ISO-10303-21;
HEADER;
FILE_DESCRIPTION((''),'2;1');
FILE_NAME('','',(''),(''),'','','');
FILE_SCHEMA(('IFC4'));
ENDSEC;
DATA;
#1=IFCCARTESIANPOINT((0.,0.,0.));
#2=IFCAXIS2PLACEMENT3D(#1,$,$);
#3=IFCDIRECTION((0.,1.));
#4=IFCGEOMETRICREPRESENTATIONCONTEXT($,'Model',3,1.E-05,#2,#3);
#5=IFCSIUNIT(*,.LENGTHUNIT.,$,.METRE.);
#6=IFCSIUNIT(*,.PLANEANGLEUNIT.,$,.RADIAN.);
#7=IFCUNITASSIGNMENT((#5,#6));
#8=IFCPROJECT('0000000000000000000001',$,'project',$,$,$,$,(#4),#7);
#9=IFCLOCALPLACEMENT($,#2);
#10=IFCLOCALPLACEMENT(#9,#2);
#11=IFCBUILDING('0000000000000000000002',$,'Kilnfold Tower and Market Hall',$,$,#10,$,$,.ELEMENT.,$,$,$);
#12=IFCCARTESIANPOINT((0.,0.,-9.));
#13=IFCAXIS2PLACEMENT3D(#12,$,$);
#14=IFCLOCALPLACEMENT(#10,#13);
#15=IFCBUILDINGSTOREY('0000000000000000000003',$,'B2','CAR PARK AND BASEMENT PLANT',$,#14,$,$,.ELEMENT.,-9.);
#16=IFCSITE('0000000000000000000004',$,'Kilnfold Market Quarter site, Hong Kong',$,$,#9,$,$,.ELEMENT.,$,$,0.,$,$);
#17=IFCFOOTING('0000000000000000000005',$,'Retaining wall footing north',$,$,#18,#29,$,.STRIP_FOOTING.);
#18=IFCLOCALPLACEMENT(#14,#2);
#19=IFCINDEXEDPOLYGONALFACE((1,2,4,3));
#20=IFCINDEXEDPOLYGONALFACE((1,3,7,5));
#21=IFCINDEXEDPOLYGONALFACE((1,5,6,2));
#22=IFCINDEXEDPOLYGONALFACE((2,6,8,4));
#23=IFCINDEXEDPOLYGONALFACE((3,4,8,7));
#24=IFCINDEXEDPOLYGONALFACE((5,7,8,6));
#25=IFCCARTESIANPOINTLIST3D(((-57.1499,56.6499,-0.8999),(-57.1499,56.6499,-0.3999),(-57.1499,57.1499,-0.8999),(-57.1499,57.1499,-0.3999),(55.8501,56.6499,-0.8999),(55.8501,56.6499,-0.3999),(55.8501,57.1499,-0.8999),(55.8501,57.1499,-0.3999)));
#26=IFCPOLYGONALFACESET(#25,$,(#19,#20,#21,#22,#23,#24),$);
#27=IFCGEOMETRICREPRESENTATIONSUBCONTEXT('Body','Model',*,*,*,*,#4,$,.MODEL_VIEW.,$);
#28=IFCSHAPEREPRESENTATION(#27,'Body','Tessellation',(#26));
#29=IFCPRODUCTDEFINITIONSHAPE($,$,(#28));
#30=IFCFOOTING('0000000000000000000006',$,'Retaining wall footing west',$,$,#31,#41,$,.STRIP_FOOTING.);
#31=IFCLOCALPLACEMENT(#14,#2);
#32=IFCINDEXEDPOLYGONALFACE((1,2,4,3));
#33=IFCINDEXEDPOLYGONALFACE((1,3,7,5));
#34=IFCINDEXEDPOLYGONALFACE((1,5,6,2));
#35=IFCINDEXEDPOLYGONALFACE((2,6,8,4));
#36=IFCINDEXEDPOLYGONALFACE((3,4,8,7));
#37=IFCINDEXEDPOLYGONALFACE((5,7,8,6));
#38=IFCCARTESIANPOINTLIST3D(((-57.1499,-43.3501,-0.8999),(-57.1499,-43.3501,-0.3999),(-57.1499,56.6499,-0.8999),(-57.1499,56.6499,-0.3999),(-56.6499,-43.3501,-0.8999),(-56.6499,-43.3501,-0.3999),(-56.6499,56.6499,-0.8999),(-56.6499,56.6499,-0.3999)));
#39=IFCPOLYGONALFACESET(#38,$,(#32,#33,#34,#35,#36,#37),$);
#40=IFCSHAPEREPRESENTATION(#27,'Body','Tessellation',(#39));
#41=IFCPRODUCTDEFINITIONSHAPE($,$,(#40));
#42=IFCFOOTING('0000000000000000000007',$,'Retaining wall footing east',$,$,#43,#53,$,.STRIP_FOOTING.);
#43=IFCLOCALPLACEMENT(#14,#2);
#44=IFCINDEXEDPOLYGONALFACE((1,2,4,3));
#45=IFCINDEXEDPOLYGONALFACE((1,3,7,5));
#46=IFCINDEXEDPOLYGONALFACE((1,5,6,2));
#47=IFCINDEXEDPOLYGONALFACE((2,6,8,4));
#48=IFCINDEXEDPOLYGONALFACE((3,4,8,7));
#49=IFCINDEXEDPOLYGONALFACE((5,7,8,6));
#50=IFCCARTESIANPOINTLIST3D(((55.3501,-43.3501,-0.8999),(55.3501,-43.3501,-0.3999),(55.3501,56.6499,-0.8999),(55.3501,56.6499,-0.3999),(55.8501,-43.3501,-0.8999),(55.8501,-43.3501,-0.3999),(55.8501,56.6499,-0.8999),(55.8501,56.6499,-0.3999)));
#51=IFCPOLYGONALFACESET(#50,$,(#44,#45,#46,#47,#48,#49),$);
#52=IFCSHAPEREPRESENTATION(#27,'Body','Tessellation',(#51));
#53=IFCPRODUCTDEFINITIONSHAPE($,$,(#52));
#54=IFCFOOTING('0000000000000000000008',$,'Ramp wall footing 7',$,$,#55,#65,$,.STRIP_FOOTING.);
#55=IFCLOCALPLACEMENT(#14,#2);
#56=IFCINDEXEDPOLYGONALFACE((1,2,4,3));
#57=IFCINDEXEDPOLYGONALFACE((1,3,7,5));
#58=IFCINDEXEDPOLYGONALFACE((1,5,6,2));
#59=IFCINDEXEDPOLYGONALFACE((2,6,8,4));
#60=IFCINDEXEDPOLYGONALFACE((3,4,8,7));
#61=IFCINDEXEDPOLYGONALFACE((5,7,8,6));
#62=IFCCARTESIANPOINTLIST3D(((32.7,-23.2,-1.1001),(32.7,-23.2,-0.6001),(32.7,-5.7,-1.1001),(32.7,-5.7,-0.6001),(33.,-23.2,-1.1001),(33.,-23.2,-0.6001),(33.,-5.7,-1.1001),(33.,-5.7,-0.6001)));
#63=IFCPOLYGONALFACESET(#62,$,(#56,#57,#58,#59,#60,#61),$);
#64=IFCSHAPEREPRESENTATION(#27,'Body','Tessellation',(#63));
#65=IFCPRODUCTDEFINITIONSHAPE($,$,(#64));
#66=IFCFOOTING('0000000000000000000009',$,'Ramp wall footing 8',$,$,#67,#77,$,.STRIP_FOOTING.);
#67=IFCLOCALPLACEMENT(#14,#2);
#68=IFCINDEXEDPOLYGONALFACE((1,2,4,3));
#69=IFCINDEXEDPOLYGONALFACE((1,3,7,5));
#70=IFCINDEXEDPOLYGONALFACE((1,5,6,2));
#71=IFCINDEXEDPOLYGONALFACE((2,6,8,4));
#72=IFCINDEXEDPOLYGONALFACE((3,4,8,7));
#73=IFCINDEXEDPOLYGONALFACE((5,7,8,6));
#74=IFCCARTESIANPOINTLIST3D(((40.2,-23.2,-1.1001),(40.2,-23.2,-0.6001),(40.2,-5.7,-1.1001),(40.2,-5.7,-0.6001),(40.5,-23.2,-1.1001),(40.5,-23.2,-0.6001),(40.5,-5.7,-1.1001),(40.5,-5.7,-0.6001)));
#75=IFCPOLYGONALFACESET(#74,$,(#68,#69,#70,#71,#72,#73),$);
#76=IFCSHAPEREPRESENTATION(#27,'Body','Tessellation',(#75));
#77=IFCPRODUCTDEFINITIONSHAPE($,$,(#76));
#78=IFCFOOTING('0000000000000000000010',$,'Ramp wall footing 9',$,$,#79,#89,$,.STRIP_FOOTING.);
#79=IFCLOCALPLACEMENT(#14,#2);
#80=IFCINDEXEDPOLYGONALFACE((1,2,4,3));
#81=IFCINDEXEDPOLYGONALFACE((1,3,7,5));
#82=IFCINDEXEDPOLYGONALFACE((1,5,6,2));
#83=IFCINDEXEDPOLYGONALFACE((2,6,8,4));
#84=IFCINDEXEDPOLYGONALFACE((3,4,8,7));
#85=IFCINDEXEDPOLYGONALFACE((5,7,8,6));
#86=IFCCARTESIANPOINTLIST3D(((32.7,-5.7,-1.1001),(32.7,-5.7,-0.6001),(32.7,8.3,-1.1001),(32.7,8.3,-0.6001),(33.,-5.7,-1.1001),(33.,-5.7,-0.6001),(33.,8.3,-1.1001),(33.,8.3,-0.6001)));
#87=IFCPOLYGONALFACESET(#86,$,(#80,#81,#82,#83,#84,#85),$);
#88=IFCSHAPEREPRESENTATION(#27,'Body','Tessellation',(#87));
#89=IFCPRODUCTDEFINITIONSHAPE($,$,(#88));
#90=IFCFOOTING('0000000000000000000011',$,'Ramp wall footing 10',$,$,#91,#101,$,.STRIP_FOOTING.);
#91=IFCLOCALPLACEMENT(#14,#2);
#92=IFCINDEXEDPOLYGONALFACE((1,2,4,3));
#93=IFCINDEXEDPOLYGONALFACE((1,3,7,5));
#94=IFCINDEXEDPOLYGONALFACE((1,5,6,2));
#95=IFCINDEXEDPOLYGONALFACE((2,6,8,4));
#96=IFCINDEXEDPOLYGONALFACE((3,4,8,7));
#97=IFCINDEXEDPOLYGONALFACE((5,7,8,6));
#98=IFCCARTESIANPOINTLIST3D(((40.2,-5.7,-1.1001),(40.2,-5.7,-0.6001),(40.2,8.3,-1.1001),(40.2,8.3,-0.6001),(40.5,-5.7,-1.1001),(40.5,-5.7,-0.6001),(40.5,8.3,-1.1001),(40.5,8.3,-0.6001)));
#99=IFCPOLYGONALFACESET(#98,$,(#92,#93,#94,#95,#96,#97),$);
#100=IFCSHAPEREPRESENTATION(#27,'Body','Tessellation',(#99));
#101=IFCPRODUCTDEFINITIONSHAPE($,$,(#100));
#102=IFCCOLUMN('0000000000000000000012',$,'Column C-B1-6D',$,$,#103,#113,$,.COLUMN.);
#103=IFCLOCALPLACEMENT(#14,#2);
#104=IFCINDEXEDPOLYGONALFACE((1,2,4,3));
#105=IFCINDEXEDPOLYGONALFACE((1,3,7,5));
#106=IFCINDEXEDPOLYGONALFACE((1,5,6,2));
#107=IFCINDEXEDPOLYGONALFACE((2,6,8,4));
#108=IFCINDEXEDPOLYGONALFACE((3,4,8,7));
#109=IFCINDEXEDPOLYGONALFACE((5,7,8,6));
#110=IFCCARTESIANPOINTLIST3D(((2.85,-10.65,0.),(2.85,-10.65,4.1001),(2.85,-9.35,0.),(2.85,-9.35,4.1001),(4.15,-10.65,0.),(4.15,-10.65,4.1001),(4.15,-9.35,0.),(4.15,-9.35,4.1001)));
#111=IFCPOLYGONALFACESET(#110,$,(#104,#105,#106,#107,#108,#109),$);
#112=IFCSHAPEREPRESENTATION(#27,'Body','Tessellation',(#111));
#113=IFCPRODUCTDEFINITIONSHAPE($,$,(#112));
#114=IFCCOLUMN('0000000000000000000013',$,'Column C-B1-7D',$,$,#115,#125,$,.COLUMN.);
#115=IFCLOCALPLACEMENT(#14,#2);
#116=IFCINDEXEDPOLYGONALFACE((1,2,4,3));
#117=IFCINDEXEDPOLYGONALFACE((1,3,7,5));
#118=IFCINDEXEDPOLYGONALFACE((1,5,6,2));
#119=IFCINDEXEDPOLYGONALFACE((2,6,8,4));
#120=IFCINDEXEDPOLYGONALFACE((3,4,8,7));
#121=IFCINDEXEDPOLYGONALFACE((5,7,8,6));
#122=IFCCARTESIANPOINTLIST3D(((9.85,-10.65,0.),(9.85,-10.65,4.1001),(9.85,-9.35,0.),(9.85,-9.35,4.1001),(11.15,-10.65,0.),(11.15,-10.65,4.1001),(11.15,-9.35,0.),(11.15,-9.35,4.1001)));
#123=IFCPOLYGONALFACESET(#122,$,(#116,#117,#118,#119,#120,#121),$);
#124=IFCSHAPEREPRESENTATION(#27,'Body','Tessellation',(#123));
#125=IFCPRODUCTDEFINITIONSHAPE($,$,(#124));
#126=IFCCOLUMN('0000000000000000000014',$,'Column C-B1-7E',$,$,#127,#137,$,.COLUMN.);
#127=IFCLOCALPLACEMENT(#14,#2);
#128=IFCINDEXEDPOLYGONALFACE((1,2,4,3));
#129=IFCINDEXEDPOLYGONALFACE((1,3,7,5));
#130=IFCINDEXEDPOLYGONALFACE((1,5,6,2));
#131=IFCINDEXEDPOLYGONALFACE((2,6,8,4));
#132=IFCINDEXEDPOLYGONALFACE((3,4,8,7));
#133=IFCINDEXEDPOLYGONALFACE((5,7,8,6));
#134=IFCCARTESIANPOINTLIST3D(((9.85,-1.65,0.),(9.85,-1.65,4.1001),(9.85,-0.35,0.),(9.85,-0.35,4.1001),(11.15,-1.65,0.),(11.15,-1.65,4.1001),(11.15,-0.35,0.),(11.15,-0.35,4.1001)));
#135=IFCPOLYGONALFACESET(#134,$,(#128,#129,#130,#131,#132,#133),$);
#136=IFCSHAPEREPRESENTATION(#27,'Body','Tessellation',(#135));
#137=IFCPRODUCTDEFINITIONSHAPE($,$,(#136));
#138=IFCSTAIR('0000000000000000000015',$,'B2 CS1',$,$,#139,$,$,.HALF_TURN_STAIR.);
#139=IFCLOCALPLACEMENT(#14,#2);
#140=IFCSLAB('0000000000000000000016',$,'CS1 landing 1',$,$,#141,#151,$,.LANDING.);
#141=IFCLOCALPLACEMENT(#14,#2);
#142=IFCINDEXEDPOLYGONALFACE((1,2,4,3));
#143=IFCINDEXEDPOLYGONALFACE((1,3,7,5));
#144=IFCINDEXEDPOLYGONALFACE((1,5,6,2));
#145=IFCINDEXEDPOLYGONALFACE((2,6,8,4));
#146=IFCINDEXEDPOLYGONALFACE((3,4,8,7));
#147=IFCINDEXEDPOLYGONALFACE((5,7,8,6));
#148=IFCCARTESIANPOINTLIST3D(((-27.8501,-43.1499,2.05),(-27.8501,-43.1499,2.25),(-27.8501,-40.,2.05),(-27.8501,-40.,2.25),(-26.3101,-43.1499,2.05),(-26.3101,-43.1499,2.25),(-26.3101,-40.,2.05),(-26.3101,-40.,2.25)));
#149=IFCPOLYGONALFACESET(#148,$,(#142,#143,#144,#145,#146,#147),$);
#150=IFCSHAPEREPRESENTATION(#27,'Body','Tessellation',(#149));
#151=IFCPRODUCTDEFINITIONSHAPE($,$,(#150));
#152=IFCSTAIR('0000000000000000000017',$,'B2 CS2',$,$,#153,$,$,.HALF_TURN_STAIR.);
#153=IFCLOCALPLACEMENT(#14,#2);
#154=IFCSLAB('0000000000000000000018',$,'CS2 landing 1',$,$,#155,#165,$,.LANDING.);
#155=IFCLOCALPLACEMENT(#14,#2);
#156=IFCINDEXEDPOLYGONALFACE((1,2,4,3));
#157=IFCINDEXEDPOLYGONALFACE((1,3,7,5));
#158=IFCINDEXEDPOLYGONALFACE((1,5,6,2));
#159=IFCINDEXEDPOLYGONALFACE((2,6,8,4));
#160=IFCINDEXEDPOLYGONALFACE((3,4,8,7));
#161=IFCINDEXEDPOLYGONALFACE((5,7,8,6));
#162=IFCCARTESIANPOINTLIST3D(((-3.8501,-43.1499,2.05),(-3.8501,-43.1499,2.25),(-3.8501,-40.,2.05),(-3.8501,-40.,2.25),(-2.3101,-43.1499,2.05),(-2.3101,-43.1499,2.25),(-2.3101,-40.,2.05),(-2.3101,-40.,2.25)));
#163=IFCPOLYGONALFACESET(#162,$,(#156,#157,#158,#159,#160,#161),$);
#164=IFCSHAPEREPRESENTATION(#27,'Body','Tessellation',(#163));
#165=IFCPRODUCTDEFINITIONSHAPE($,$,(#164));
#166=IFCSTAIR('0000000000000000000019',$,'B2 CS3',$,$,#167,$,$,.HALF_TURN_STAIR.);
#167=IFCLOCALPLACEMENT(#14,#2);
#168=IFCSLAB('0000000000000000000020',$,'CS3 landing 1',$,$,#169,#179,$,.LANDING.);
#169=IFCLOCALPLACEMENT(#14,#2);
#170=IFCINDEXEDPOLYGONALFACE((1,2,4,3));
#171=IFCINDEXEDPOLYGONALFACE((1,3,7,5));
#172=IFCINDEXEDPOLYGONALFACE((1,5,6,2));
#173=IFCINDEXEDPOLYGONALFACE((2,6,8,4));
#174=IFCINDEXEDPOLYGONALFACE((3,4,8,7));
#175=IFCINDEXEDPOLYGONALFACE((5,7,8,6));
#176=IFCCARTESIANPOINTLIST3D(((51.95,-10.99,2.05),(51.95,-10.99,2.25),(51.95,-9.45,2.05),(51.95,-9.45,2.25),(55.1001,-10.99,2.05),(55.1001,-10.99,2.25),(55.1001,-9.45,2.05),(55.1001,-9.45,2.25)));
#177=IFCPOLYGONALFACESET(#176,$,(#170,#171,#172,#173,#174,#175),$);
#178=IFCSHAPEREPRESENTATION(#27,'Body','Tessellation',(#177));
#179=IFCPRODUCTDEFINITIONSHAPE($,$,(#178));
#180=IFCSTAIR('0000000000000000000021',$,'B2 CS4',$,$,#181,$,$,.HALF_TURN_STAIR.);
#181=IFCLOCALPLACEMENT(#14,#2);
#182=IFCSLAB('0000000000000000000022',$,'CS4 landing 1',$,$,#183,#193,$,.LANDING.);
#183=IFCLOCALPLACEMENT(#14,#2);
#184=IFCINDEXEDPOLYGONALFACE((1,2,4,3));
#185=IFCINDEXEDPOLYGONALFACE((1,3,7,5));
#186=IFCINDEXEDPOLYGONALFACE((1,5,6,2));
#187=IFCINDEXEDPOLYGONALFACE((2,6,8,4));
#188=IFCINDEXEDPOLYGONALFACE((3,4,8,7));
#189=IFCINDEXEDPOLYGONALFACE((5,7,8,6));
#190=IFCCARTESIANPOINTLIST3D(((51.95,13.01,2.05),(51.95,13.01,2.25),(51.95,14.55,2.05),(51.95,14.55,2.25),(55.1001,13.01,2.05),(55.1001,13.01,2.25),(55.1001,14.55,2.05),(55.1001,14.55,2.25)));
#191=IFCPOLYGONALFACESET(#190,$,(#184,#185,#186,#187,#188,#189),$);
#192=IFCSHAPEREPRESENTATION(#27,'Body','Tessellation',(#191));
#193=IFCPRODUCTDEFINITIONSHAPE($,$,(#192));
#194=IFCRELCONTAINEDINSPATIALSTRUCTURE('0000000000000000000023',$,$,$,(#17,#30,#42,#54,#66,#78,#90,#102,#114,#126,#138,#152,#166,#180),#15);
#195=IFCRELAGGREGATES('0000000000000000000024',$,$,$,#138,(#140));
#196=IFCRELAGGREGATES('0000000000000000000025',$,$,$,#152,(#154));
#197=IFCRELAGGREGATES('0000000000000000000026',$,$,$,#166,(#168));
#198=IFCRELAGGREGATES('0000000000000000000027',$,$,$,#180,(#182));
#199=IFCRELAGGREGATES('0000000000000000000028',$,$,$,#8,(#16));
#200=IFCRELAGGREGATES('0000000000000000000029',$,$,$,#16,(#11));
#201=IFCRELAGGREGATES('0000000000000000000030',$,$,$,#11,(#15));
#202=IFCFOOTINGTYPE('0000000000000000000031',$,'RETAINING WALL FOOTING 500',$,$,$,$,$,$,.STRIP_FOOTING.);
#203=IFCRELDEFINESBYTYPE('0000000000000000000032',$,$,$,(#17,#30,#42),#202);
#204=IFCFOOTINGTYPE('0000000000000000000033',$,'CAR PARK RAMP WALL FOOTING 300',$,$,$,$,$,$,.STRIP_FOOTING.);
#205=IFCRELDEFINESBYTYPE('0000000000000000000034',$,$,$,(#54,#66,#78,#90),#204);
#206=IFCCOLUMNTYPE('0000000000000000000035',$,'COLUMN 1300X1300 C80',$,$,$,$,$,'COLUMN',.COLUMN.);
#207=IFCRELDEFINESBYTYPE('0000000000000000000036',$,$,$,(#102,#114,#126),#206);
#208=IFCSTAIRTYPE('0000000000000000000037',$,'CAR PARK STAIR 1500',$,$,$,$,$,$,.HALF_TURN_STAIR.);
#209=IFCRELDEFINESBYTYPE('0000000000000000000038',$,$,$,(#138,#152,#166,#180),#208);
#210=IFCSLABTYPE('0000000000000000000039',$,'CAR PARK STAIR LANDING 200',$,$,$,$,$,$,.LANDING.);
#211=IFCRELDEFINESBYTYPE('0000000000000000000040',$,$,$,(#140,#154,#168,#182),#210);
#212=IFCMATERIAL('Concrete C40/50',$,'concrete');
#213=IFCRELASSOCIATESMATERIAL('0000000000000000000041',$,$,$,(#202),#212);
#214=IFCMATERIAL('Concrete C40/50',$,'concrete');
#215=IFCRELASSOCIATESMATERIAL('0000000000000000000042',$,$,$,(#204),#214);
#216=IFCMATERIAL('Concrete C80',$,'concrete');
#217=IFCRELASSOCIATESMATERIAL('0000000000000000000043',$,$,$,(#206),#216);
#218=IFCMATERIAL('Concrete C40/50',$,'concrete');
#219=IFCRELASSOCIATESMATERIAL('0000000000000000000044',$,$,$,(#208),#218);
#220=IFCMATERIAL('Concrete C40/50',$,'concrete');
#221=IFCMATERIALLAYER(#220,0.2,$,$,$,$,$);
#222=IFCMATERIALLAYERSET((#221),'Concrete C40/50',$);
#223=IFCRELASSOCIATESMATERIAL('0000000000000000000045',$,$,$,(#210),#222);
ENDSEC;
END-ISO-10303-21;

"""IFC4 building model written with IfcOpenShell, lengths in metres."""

from ifc_helpers import new_model, si_unit, direction, frame, origin, origin_2d, place, context, subcontext, project, spatial, polyline, rectangle, outline, extrude, source, transform, mapped, material, layer, layer_set, material_profile, profile_set, type_object, element, aggregate, save


model = new_model("IFC4")

# Units and contexts
model_context = context("Model", 3, precision=1e-05, world=origin(), true_north=direction((0.0, 1.0)))
body_context = subcontext(model_context, "Body", "Model", "MODEL_VIEW")
ifc_project = project(units=[si_unit("LENGTHUNIT", "METRE"), si_unit("PLANEANGLEUNIT", "RADIAN")], contexts=[model_context])

# Site, building, storey
site_placement = place(None, origin())
site = spatial("IfcSite", under=ifc_project, at=site_placement, Name="Kilnfold Market Quarter site, Hong Kong", CompositionType="ELEMENT", RefElevation=0.0)
building_placement = place(site_placement, origin())
building = spatial("IfcBuilding", under=site, at=building_placement, Name="Kilnfold Tower and Market Hall", CompositionType="ELEMENT")
storey_placement = place(building_placement, frame((0.0, 0.0, -9.0)))
storey = spatial("IfcBuildingStorey", under=building, at=storey_placement, Name="B2", Description="CAR PARK AND BASEMENT PLANT", CompositionType="ELEMENT", Elevation=-9.0)

# Footings
ifc_material_1 = material(Name="Concrete C40/50", Category="concrete")
footing_type_1 = type_object("IfcFootingType", Name="RETAINING WALL FOOTING 500", PredefinedType="STRIP_FOOTING", material=ifc_material_1)
shared_shape_1 = source(origin(), body_context, "Body", "SweptSolid", [
    extrude(outline(polyline([(-57.1499, 56.6499), (55.8501, 56.6499), (55.8501, 57.1499), (-57.1499, 57.1499), (-57.1499, 56.6499)])), origin(), (0.0, 0.0, 1.0), 0.5),
])
footing_1_placement = place(storey_placement, frame((0.0, 0.0, -0.8999)))
element("IfcFooting", 1, at=footing_1_placement, inside=storey, type_object=footing_type_1, Name="Retaining wall footing north", PredefinedType="STRIP_FOOTING", context=body_context, shape_type="MappedRepresentation", body=[
    mapped(shared_shape_1, transform((0.0, 0.0, 0.0))),
])
shared_shape_2 = source(origin(), body_context, "Body", "SweptSolid", [
    extrude(outline(polyline([(-57.1499, -43.3501), (-56.6499, -43.3501), (-56.6499, 56.6499), (-57.1499, 56.6499), (-57.1499, -43.3501)])), origin(), (0.0, 0.0, 1.0), 0.5),
])
footing_2_placement = place(storey_placement, frame((0.0, 0.0, -0.8999)))
element("IfcFooting", 2, at=footing_2_placement, inside=storey, type_object=footing_type_1, Name="Retaining wall footing west", PredefinedType="STRIP_FOOTING", context=body_context, shape_type="MappedRepresentation", body=[
    mapped(shared_shape_2, transform((0.0, 0.0, 0.0))),
])
shared_shape_3 = source(origin(), body_context, "Body", "SweptSolid", [
    extrude(outline(polyline([(55.3501, -43.3501), (55.8501, -43.3501), (55.8501, 56.6499), (55.3501, 56.6499), (55.3501, -43.3501)])), origin(), (0.0, 0.0, 1.0), 0.5),
])
footing_3_placement = place(storey_placement, frame((0.0, 0.0, -0.8999)))
element("IfcFooting", 3, at=footing_3_placement, inside=storey, type_object=footing_type_1, Name="Retaining wall footing east", PredefinedType="STRIP_FOOTING", context=body_context, shape_type="MappedRepresentation", body=[
    mapped(shared_shape_3, transform((0.0, 0.0, 0.0))),
])
ifc_material_2 = material(Name="Concrete C40/50", Category="concrete")
footing_type_2 = type_object("IfcFootingType", Name="CAR PARK RAMP WALL FOOTING 300", PredefinedType="STRIP_FOOTING", material=ifc_material_2)
shared_shape_4 = source(origin(), body_context, "Body", "SweptSolid", [
    extrude(outline(polyline([(32.7, -23.2), (33.0, -23.2), (33.0, -5.7), (32.7, -5.7), (32.7, -23.2)])), origin(), (0.0, 0.0, 1.0), 0.5),
])
footing_4_placement = place(storey_placement, frame((0.0, 0.0, -1.1001)))
element("IfcFooting", 4, at=footing_4_placement, inside=storey, type_object=footing_type_2, Name="Ramp wall footing 7", PredefinedType="STRIP_FOOTING", context=body_context, shape_type="MappedRepresentation", body=[
    mapped(shared_shape_4, transform((0.0, 0.0, 0.0))),
])
shared_shape_5 = source(origin(), body_context, "Body", "SweptSolid", [
    extrude(outline(polyline([(40.2, -23.2), (40.5, -23.2), (40.5, -5.7), (40.2, -5.7), (40.2, -23.2)])), origin(), (0.0, 0.0, 1.0), 0.5),
])
footing_5_placement = place(storey_placement, frame((0.0, 0.0, -1.1001)))
element("IfcFooting", 5, at=footing_5_placement, inside=storey, type_object=footing_type_2, Name="Ramp wall footing 8", PredefinedType="STRIP_FOOTING", context=body_context, shape_type="MappedRepresentation", body=[
    mapped(shared_shape_5, transform((0.0, 0.0, 0.0))),
])
shared_shape_6 = source(origin(), body_context, "Body", "SweptSolid", [
    extrude(outline(polyline([(32.7, -5.7), (33.0, -5.7), (33.0, 8.3), (32.7, 8.3), (32.7, -5.7)])), origin(), (0.0, 0.0, 1.0), 0.5),
])
footing_6_placement = place(storey_placement, frame((0.0, 0.0, -1.1001)))
element("IfcFooting", 6, at=footing_6_placement, inside=storey, type_object=footing_type_2, Name="Ramp wall footing 9", PredefinedType="STRIP_FOOTING", context=body_context, shape_type="MappedRepresentation", body=[
    mapped(shared_shape_6, transform((0.0, 0.0, 0.0))),
])
shared_shape_7 = source(origin(), body_context, "Body", "SweptSolid", [
    extrude(outline(polyline([(40.2, -5.7), (40.5, -5.7), (40.5, 8.3), (40.2, 8.3), (40.2, -5.7)])), origin(), (0.0, 0.0, 1.0), 0.5),
])
footing_7_placement = place(storey_placement, frame((0.0, 0.0, -1.1001)))
element("IfcFooting", 7, at=footing_7_placement, inside=storey, type_object=footing_type_2, Name="Ramp wall footing 10", PredefinedType="STRIP_FOOTING", context=body_context, shape_type="MappedRepresentation", body=[
    mapped(shared_shape_7, transform((0.0, 0.0, 0.0))),
])

# Columns
ifc_material_3 = material(Name="Concrete C80", Category="concrete")
ifc_material_profile_1 = material_profile(ifc_material_3, rectangle(XDim=1.3, YDim=1.3, at=origin_2d()), Name="RC 1300x1300")
ifc_profile_set_1 = profile_set([ifc_material_profile_1], Name="Concrete C80")
column_type = type_object("IfcColumnType", Name="COLUMN 1300X1300 C80", ElementType="COLUMN", PredefinedType="COLUMN", material=ifc_profile_set_1)
shared_shape_8 = source(origin(), body_context, "Body", "SweptSolid", [
    extrude(rectangle(XDim=1.3, YDim=1.3, at=origin_2d()), origin(), (0.0, 0.0, 1.0), 4.1001),
])
for number, where, z_axis, x_axis, name in (
    (8, (3.5, -10.0, 0.0), (0.0, 0.0, 1.0), (1.0, 0.0, 0.0), "Column C-B1-6D"),
    (9, (10.5, -10.0, 0.0), (0.0, 0.0, 1.0), (1.0, 0.0, 0.0), "Column C-B1-7D"),
    (10, (10.5, -1.0, 0.0), (0.0, 0.0, 1.0), (1.0, 0.0, 0.0), "Column C-B1-7E"),
):
    element("IfcColumn", number, at=place(storey_placement, frame(where, z_axis=z_axis, x_axis=x_axis)), inside=storey, type_object=column_type, Name=name, PredefinedType="COLUMN", context=body_context, shape_type="MappedRepresentation", body=[
        mapped(shared_shape_8, transform((0.0, 0.0, 0.0))),
    ])

# Stairs, slabs
ifc_material_4 = material(Name="Concrete C40/50", Category="concrete")
stair_type = type_object("IfcStairType", Name="CAR PARK STAIR 1500", PredefinedType="HALF_TURN_STAIR", material=ifc_material_4)
stair_1_placement = place(storey_placement, origin())
stair_1 = element("IfcStair", 11, at=stair_1_placement, inside=storey, type_object=stair_type, Name="B2 CS1", PredefinedType="HALF_TURN_STAIR")
ifc_material_5 = material(Name="Concrete C40/50", Category="concrete")
ifc_layer_1 = layer(ifc_material_5, 0.2)
ifc_layer_set_1 = layer_set([ifc_layer_1], Name="Concrete C40/50")
slab_type_1 = type_object("IfcSlabType", Name="CAR PARK STAIR LANDING 200", PredefinedType="LANDING", material=ifc_layer_set_1)
shared_shape_9 = source(origin(), body_context, "Body", "SweptSolid", [
    extrude(outline(polyline([(-26.3101, -40.0), (-27.8501, -40.0), (-27.8501, -43.1499), (-26.3101, -43.1499), (-26.3101, -40.0)])), origin(), (0.0, 0.0, 1.0), 0.2),
])
slab_1_placement = place(storey_placement, frame((0.0, 0.0, 2.05)))
slab_1 = element("IfcSlab", 12, at=slab_1_placement, type_object=slab_type_1, Name="CS1 landing 1", PredefinedType="LANDING", context=body_context, shape_type="MappedRepresentation", body=[
    mapped(shared_shape_9, transform((0.0, 0.0, 0.0))),
])
aggregate(stair_1, [slab_1])
stair_2_placement = place(storey_placement, origin())
stair_2 = element("IfcStair", 13, at=stair_2_placement, inside=storey, type_object=stair_type, Name="B2 CS2", PredefinedType="HALF_TURN_STAIR")
shared_shape_10 = source(origin(), body_context, "Body", "SweptSolid", [
    extrude(outline(polyline([(-2.3101, -40.0), (-3.8501, -40.0), (-3.8501, -43.1499), (-2.3101, -43.1499), (-2.3101, -40.0)])), origin(), (0.0, 0.0, 1.0), 0.2),
])
slab_2_placement = place(storey_placement, frame((0.0, 0.0, 2.05)))
slab_2 = element("IfcSlab", 14, at=slab_2_placement, type_object=slab_type_1, Name="CS2 landing 1", PredefinedType="LANDING", context=body_context, shape_type="MappedRepresentation", body=[
    mapped(shared_shape_10, transform((0.0, 0.0, 0.0))),
])
aggregate(stair_2, [slab_2])
stair_3_placement = place(storey_placement, origin())
stair_3 = element("IfcStair", 15, at=stair_3_placement, inside=storey, type_object=stair_type, Name="B2 CS3", PredefinedType="HALF_TURN_STAIR")
shared_shape_11 = source(origin(), body_context, "Body", "SweptSolid", [
    extrude(outline(polyline([(55.1001, -10.99), (55.1001, -9.45), (51.95, -9.45), (51.95, -10.99), (55.1001, -10.99)])), origin(), (0.0, 0.0, 1.0), 0.2),
])
slab_3_placement = place(storey_placement, frame((0.0, 0.0, 2.05)))
slab_3 = element("IfcSlab", 16, at=slab_3_placement, type_object=slab_type_1, Name="CS3 landing 1", PredefinedType="LANDING", context=body_context, shape_type="MappedRepresentation", body=[
    mapped(shared_shape_11, transform((0.0, 0.0, 0.0))),
])
aggregate(stair_3, [slab_3])
stair_4_placement = place(storey_placement, origin())
stair_4 = element("IfcStair", 17, at=stair_4_placement, inside=storey, type_object=stair_type, Name="B2 CS4", PredefinedType="HALF_TURN_STAIR")
shared_shape_12 = source(origin(), body_context, "Body", "SweptSolid", [
    extrude(outline(polyline([(55.1001, 13.01), (55.1001, 14.55), (51.95, 14.55), (51.95, 13.01), (55.1001, 13.01)])), origin(), (0.0, 0.0, 1.0), 0.2),
])
slab_4_placement = place(storey_placement, frame((0.0, 0.0, 2.05)))
slab_4 = element("IfcSlab", 18, at=slab_4_placement, type_object=slab_type_1, Name="CS4 landing 1", PredefinedType="LANDING", context=body_context, shape_type="MappedRepresentation", body=[
    mapped(shared_shape_12, transform((0.0, 0.0, 0.0))),
])
aggregate(stair_4, [slab_4])

save(model, "model.ifc")
